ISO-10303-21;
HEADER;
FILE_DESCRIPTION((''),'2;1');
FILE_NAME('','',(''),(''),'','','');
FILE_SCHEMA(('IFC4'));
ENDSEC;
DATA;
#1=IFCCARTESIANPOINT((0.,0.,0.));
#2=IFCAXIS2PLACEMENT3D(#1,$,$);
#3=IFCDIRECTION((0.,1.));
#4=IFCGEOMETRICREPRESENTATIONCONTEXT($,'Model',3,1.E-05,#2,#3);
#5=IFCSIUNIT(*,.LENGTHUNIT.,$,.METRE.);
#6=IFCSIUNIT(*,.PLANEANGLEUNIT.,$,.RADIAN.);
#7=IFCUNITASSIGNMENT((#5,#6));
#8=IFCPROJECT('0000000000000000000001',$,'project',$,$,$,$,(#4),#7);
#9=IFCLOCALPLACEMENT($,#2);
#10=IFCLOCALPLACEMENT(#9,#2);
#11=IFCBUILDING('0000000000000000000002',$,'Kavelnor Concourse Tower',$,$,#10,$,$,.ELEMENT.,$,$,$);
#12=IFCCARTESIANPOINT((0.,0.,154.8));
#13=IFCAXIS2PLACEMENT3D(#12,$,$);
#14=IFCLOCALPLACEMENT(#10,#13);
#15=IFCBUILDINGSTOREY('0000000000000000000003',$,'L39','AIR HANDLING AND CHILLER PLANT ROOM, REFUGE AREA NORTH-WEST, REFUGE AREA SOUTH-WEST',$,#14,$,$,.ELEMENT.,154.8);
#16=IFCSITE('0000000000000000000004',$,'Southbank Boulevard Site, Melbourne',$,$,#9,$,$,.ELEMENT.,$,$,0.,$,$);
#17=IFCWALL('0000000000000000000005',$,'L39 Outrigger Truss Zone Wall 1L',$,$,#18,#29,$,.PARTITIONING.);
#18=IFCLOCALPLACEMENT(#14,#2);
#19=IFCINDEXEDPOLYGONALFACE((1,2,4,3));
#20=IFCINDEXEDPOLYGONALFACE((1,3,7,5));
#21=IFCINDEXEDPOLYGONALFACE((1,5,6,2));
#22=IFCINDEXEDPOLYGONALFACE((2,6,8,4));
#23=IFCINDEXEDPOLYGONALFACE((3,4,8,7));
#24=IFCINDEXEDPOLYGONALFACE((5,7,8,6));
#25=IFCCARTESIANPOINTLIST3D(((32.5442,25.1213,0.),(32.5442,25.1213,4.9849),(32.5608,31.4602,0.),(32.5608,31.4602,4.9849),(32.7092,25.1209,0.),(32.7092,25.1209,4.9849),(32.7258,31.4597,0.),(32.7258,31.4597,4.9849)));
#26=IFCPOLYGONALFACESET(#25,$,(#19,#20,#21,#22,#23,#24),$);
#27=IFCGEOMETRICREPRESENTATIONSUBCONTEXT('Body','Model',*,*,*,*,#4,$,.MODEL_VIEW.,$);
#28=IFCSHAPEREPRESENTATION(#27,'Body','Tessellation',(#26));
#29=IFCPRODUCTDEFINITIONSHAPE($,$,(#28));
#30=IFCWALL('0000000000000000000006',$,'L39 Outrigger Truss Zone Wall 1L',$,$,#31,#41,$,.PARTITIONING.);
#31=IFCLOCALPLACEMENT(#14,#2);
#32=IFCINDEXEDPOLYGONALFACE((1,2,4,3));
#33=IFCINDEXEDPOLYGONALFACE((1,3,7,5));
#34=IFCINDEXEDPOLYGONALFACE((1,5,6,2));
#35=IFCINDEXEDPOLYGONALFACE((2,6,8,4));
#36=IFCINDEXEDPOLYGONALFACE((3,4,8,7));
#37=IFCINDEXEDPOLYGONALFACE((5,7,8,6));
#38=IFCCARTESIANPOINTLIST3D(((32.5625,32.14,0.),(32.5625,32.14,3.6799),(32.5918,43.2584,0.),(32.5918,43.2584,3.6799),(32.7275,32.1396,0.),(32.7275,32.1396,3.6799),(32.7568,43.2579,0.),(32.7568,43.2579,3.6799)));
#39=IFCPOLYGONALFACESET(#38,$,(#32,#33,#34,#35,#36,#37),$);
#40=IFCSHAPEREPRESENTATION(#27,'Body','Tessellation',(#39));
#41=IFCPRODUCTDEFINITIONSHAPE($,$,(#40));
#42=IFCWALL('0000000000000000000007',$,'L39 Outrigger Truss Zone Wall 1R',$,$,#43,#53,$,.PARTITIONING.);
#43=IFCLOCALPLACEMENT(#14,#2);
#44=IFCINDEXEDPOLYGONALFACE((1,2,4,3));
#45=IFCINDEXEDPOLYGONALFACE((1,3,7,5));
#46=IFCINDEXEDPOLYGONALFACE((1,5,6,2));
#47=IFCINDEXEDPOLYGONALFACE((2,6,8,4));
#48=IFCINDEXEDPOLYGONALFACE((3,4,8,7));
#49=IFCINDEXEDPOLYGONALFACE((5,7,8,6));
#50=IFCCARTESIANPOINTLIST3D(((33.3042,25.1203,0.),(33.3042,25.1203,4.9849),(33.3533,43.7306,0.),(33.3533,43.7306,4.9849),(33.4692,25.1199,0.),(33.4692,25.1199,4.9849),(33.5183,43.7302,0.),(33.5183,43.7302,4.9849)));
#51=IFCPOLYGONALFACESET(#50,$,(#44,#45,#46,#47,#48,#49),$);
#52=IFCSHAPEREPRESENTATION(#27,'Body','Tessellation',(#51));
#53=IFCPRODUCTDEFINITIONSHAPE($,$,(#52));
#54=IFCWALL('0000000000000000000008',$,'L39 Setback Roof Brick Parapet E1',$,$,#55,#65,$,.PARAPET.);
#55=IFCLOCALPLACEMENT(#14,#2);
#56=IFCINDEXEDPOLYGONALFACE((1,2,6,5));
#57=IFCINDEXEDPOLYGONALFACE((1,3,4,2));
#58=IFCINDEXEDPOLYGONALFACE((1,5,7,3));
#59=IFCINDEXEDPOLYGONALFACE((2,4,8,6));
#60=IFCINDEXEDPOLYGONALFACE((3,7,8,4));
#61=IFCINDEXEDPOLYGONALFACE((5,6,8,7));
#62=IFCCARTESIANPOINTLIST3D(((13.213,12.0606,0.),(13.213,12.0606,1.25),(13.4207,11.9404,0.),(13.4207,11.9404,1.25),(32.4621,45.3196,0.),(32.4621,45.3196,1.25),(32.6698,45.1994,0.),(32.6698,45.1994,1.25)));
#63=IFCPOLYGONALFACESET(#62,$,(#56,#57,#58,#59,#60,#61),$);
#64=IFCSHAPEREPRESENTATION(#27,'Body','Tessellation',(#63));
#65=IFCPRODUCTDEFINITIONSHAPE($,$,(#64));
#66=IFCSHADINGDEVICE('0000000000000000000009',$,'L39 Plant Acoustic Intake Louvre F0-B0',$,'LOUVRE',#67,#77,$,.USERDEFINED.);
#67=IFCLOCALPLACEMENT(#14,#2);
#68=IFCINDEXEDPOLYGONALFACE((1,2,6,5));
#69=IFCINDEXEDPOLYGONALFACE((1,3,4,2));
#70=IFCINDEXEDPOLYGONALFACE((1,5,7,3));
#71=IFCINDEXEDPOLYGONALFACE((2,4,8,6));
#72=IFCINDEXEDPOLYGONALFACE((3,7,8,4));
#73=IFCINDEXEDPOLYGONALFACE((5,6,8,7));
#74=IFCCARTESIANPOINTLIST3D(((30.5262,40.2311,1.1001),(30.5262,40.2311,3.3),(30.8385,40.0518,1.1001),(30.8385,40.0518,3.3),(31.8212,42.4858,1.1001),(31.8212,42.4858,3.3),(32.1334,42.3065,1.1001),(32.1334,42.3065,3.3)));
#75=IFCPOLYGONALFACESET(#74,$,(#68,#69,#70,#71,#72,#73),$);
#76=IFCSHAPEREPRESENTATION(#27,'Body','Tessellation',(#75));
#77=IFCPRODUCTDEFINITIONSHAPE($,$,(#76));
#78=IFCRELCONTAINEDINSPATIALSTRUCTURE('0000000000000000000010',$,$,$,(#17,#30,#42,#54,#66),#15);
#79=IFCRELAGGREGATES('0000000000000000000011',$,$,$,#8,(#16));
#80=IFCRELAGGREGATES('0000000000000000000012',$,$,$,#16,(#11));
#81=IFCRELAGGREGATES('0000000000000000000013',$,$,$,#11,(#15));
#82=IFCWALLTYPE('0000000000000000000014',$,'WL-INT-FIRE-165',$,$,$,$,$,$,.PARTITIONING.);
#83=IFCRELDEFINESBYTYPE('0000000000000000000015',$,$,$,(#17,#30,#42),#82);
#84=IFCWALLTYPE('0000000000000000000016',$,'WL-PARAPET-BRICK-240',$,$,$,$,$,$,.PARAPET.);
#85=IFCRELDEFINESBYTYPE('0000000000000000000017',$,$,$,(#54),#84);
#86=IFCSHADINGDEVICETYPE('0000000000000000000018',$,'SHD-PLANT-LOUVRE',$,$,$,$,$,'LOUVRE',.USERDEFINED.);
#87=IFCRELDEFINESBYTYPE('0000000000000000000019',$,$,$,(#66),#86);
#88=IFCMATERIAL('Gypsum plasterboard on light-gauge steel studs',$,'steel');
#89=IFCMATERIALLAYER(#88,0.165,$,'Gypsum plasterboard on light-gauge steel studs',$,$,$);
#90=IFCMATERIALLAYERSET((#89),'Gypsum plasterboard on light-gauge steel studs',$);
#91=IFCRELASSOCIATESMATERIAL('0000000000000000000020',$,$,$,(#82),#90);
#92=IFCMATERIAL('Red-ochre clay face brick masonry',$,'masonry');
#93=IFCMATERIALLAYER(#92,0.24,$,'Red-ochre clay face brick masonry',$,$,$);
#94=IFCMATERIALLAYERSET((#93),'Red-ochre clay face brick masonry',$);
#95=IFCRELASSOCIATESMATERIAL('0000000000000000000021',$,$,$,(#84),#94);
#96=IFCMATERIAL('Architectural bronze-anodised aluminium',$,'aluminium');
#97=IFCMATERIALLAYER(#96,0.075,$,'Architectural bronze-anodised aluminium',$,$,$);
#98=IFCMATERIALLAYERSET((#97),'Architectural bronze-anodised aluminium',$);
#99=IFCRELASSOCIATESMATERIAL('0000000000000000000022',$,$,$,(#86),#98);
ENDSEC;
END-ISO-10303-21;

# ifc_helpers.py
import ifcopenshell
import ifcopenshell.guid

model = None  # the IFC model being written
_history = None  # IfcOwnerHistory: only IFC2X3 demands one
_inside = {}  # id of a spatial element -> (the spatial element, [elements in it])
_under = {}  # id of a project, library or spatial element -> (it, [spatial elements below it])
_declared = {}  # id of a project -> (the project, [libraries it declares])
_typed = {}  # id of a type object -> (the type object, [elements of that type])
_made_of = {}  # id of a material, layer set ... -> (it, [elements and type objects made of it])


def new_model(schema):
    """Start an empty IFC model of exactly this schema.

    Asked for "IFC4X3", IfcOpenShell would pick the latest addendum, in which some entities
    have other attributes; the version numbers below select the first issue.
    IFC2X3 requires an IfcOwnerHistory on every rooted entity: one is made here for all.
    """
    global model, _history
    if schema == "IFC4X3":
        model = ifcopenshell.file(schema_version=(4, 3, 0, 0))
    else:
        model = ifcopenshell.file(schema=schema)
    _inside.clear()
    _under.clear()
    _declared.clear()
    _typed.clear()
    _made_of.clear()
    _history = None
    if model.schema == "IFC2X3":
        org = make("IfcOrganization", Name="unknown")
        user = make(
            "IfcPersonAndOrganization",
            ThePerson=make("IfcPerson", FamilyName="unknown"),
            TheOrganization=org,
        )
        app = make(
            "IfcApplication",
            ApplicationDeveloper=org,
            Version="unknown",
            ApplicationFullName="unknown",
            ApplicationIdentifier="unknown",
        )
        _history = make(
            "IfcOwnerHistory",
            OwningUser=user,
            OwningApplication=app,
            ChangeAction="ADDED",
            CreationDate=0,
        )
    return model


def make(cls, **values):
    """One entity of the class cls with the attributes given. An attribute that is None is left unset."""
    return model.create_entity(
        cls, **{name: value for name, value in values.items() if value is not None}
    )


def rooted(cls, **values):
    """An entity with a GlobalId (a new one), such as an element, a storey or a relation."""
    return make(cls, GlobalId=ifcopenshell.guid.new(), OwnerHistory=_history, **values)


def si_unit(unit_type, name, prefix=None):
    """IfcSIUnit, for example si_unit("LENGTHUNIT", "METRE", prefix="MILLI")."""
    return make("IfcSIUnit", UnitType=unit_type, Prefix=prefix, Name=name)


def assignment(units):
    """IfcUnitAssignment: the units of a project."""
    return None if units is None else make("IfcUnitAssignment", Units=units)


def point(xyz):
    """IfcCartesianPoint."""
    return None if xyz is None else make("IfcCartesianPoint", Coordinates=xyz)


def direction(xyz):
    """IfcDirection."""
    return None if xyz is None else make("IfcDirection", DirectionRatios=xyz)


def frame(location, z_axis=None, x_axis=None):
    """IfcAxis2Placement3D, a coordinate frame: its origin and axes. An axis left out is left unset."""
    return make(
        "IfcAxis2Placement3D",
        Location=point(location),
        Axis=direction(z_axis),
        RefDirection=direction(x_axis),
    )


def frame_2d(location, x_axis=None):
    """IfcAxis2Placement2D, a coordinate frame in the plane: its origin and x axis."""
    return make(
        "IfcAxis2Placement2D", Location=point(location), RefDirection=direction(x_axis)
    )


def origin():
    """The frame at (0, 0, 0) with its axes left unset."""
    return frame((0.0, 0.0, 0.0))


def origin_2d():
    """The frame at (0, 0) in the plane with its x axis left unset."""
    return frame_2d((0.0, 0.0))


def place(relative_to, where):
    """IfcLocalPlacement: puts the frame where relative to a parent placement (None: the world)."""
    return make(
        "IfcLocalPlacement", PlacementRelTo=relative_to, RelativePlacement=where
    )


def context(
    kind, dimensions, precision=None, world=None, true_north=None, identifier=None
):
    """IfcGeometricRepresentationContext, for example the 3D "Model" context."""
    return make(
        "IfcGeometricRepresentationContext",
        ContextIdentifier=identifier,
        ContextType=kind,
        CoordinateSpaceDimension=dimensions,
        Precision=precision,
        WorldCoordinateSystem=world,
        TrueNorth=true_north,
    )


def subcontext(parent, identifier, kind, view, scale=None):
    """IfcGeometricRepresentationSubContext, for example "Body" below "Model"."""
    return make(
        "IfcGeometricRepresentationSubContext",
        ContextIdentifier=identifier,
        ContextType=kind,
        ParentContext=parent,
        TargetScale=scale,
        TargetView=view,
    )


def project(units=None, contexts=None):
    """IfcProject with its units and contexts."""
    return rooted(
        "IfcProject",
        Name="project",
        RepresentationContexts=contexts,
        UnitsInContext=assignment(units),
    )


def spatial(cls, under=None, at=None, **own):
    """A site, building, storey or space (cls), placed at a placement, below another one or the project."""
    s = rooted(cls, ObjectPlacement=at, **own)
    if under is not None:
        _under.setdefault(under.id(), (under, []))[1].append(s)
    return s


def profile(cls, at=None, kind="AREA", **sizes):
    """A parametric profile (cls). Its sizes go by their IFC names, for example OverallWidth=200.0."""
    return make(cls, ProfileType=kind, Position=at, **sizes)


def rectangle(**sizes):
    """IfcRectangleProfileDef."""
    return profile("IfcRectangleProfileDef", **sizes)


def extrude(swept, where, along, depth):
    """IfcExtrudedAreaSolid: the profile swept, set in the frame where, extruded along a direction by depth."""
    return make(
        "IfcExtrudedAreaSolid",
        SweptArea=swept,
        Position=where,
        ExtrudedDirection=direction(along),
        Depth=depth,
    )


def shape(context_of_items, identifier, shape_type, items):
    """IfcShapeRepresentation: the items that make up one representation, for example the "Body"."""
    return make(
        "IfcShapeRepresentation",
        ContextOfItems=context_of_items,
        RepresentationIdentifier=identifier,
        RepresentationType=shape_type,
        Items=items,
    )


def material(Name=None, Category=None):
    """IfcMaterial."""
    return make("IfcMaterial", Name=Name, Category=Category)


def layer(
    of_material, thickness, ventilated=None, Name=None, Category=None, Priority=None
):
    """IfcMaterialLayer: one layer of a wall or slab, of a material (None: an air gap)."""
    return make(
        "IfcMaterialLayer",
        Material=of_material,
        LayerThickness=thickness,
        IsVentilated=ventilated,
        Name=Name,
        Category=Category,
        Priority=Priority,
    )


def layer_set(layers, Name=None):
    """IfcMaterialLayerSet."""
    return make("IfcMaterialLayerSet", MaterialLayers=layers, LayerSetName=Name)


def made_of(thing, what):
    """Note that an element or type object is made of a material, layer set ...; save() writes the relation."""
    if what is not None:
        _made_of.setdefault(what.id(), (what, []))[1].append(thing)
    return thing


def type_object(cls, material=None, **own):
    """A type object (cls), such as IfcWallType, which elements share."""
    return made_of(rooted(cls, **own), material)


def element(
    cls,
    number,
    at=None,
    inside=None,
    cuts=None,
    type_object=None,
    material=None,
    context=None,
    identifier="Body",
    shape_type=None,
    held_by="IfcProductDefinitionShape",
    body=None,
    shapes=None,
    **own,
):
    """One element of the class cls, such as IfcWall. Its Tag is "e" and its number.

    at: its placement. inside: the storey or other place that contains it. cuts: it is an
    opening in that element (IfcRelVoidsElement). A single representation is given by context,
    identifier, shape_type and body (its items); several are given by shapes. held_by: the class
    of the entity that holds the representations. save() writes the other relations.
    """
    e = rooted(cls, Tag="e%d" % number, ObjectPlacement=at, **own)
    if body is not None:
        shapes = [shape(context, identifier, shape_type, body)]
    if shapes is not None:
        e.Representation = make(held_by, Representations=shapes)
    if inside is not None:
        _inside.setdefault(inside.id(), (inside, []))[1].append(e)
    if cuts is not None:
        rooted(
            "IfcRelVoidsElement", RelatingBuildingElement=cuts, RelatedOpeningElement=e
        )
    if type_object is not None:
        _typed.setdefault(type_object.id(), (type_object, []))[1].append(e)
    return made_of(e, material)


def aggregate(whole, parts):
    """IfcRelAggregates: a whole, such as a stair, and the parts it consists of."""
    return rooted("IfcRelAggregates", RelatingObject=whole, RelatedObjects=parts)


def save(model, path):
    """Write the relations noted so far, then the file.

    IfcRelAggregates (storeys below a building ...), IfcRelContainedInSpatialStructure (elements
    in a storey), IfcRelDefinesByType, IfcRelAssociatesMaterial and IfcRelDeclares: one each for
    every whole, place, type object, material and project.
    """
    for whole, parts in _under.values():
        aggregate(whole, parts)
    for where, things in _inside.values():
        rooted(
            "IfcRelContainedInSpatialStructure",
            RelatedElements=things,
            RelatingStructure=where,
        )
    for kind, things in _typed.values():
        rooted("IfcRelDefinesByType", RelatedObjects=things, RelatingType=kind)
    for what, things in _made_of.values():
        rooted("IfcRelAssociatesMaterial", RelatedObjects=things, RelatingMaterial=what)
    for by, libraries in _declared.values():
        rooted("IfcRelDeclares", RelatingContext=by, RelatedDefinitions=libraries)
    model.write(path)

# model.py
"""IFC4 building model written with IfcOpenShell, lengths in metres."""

from ifc_helpers import new_model, si_unit, direction, frame, frame_2d, origin, origin_2d, place, context, subcontext, project, spatial, rectangle, extrude, material, layer, layer_set, type_object, element, save


model = new_model("IFC4")

# Units and contexts
model_context = context("Model", 3, precision=1e-05, world=origin(), true_north=direction((0.0, 1.0)))
body_context = subcontext(model_context, "Body", "Model", "MODEL_VIEW")
ifc_project = project(units=[si_unit("LENGTHUNIT", "METRE"), si_unit("PLANEANGLEUNIT", "RADIAN")], contexts=[model_context])

# Site, building, storey
site_placement = place(None, origin())
site = spatial("IfcSite", under=ifc_project, at=site_placement, Name="Southbank Boulevard Site, Melbourne", CompositionType="ELEMENT", RefElevation=0.0)
building_placement = place(site_placement, origin())
building = spatial("IfcBuilding", under=site, at=building_placement, Name="Kavelnor Concourse Tower", CompositionType="ELEMENT")
storey_placement = place(building_placement, frame((0.0, 0.0, 154.8)))
storey = spatial("IfcBuildingStorey", under=building, at=storey_placement, Name="L39", Description="AIR HANDLING AND CHILLER PLANT ROOM, REFUGE AREA NORTH-WEST, REFUGE AREA SOUTH-WEST", CompositionType="ELEMENT", Elevation=154.8)

# Walls
ifc_material_1 = material(Name="Gypsum plasterboard on light-gauge steel studs", Category="steel")
ifc_layer_1 = layer(ifc_material_1, 0.165, Name="Gypsum plasterboard on light-gauge steel studs")
ifc_layer_set_1 = layer_set([ifc_layer_1], Name="Gypsum plasterboard on light-gauge steel studs")
wall_type_1 = type_object("IfcWallType", Name="WL-INT-FIRE-165", PredefinedType="PARTITIONING", material=ifc_layer_set_1)
wall_1_placement = place(storey_placement, frame((32.6267, 25.1211, 0.0), z_axis=(0.0, 0.0, 1.0), x_axis=(0.002619, 0.999997, 0.0)))
element("IfcWall", 1, at=wall_1_placement, inside=storey, type_object=wall_type_1, Name="L39 Outrigger Truss Zone Wall 1L", PredefinedType="PARTITIONING", context=body_context, shape_type="SweptSolid", body=[
    extrude(rectangle(XDim=6.3389, YDim=0.165, at=frame_2d((3.1694, 0.0))), origin(), (0.0, 0.0, 1.0), 4.9849),
])
wall_2_placement = place(storey_placement, frame((32.645, 32.1399, 0.0), z_axis=(0.0, 0.0, 1.0), x_axis=(0.002635, 0.999997, 0.0)))
element("IfcWall", 2, at=wall_2_placement, inside=storey, type_object=wall_type_1, Name="L39 Outrigger Truss Zone Wall 1L", PredefinedType="PARTITIONING", context=body_context, shape_type="SweptSolid", body=[
    extrude(rectangle(XDim=11.1184, YDim=0.165, at=frame_2d((5.5591, 0.0))), origin(), (0.0, 0.0, 1.0), 3.6799),
])
wall_3_placement = place(storey_placement, frame((33.3867, 25.1201, 0.0), z_axis=(0.0, 0.0, 1.0), x_axis=(0.002637, 0.999997, 0.0)))
element("IfcWall", 3, at=wall_3_placement, inside=storey, type_object=wall_type_1, Name="L39 Outrigger Truss Zone Wall 1R", PredefinedType="PARTITIONING", context=body_context, shape_type="SweptSolid", body=[
    extrude(rectangle(XDim=18.6104, YDim=0.165, at=frame_2d((9.3052, 0.0))), origin(), (0.0, 0.0, 1.0), 4.9849),
])
ifc_material_2 = material(Name="Red-ochre clay face brick masonry", Category="masonry")
ifc_layer_2 = layer(ifc_material_2, 0.24, Name="Red-ochre clay face brick masonry")
ifc_layer_set_2 = layer_set([ifc_layer_2], Name="Red-ochre clay face brick masonry")
wall_type_2 = type_object("IfcWallType", Name="WL-PARAPET-BRICK-240", PredefinedType="PARAPET", material=ifc_layer_set_2)
wall_4_placement = place(storey_placement, frame((32.5659, 45.2595, 0.0), z_axis=(0.0, 0.0, 1.0), x_axis=(-0.500915, -0.865496, 0.0)))
element("IfcWall", 4, at=wall_4_placement, inside=storey, type_object=wall_type_2, Name="L39 Setback Roof Brick Parapet E1", PredefinedType="PARAPET", context=body_context, shape_type="SweptSolid", body=[
    extrude(rectangle(XDim=38.4277, YDim=0.24, at=frame_2d((19.2139, 0.0))), origin(), (0.0, 0.0, 1.0), 1.25),
])

# Shading device
ifc_material_3 = material(Name="Architectural bronze-anodised aluminium", Category="aluminium")
ifc_layer_3 = layer(ifc_material_3, 0.075, Name="Architectural bronze-anodised aluminium")
ifc_layer_set_3 = layer_set([ifc_layer_3], Name="Architectural bronze-anodised aluminium")
shading_device_type = type_object("IfcShadingDeviceType", Name="SHD-PLANT-LOUVRE", ElementType="LOUVRE", PredefinedType="USERDEFINED", material=ifc_layer_set_3)
shading_device_placement = place(storey_placement, frame((31.3298, 41.2688, 1.1001), z_axis=(0.0, 0.0, 1.0), x_axis=(0.498034, 0.867158, 0.0)))
element("IfcShadingDevice", 5, at=shading_device_placement, inside=storey, type_object=shading_device_type, Name="L39 Plant Acoustic Intake Louvre F0-B0", ObjectType="LOUVRE", PredefinedType="USERDEFINED", context=body_context, shape_type="SweptSolid", body=[
    extrude(rectangle(XDim=2.6001, YDim=0.3601, at=origin_2d()), origin(), (0.0, 0.0, 1.0), 2.2),
])

save(model, "model.ifc")
